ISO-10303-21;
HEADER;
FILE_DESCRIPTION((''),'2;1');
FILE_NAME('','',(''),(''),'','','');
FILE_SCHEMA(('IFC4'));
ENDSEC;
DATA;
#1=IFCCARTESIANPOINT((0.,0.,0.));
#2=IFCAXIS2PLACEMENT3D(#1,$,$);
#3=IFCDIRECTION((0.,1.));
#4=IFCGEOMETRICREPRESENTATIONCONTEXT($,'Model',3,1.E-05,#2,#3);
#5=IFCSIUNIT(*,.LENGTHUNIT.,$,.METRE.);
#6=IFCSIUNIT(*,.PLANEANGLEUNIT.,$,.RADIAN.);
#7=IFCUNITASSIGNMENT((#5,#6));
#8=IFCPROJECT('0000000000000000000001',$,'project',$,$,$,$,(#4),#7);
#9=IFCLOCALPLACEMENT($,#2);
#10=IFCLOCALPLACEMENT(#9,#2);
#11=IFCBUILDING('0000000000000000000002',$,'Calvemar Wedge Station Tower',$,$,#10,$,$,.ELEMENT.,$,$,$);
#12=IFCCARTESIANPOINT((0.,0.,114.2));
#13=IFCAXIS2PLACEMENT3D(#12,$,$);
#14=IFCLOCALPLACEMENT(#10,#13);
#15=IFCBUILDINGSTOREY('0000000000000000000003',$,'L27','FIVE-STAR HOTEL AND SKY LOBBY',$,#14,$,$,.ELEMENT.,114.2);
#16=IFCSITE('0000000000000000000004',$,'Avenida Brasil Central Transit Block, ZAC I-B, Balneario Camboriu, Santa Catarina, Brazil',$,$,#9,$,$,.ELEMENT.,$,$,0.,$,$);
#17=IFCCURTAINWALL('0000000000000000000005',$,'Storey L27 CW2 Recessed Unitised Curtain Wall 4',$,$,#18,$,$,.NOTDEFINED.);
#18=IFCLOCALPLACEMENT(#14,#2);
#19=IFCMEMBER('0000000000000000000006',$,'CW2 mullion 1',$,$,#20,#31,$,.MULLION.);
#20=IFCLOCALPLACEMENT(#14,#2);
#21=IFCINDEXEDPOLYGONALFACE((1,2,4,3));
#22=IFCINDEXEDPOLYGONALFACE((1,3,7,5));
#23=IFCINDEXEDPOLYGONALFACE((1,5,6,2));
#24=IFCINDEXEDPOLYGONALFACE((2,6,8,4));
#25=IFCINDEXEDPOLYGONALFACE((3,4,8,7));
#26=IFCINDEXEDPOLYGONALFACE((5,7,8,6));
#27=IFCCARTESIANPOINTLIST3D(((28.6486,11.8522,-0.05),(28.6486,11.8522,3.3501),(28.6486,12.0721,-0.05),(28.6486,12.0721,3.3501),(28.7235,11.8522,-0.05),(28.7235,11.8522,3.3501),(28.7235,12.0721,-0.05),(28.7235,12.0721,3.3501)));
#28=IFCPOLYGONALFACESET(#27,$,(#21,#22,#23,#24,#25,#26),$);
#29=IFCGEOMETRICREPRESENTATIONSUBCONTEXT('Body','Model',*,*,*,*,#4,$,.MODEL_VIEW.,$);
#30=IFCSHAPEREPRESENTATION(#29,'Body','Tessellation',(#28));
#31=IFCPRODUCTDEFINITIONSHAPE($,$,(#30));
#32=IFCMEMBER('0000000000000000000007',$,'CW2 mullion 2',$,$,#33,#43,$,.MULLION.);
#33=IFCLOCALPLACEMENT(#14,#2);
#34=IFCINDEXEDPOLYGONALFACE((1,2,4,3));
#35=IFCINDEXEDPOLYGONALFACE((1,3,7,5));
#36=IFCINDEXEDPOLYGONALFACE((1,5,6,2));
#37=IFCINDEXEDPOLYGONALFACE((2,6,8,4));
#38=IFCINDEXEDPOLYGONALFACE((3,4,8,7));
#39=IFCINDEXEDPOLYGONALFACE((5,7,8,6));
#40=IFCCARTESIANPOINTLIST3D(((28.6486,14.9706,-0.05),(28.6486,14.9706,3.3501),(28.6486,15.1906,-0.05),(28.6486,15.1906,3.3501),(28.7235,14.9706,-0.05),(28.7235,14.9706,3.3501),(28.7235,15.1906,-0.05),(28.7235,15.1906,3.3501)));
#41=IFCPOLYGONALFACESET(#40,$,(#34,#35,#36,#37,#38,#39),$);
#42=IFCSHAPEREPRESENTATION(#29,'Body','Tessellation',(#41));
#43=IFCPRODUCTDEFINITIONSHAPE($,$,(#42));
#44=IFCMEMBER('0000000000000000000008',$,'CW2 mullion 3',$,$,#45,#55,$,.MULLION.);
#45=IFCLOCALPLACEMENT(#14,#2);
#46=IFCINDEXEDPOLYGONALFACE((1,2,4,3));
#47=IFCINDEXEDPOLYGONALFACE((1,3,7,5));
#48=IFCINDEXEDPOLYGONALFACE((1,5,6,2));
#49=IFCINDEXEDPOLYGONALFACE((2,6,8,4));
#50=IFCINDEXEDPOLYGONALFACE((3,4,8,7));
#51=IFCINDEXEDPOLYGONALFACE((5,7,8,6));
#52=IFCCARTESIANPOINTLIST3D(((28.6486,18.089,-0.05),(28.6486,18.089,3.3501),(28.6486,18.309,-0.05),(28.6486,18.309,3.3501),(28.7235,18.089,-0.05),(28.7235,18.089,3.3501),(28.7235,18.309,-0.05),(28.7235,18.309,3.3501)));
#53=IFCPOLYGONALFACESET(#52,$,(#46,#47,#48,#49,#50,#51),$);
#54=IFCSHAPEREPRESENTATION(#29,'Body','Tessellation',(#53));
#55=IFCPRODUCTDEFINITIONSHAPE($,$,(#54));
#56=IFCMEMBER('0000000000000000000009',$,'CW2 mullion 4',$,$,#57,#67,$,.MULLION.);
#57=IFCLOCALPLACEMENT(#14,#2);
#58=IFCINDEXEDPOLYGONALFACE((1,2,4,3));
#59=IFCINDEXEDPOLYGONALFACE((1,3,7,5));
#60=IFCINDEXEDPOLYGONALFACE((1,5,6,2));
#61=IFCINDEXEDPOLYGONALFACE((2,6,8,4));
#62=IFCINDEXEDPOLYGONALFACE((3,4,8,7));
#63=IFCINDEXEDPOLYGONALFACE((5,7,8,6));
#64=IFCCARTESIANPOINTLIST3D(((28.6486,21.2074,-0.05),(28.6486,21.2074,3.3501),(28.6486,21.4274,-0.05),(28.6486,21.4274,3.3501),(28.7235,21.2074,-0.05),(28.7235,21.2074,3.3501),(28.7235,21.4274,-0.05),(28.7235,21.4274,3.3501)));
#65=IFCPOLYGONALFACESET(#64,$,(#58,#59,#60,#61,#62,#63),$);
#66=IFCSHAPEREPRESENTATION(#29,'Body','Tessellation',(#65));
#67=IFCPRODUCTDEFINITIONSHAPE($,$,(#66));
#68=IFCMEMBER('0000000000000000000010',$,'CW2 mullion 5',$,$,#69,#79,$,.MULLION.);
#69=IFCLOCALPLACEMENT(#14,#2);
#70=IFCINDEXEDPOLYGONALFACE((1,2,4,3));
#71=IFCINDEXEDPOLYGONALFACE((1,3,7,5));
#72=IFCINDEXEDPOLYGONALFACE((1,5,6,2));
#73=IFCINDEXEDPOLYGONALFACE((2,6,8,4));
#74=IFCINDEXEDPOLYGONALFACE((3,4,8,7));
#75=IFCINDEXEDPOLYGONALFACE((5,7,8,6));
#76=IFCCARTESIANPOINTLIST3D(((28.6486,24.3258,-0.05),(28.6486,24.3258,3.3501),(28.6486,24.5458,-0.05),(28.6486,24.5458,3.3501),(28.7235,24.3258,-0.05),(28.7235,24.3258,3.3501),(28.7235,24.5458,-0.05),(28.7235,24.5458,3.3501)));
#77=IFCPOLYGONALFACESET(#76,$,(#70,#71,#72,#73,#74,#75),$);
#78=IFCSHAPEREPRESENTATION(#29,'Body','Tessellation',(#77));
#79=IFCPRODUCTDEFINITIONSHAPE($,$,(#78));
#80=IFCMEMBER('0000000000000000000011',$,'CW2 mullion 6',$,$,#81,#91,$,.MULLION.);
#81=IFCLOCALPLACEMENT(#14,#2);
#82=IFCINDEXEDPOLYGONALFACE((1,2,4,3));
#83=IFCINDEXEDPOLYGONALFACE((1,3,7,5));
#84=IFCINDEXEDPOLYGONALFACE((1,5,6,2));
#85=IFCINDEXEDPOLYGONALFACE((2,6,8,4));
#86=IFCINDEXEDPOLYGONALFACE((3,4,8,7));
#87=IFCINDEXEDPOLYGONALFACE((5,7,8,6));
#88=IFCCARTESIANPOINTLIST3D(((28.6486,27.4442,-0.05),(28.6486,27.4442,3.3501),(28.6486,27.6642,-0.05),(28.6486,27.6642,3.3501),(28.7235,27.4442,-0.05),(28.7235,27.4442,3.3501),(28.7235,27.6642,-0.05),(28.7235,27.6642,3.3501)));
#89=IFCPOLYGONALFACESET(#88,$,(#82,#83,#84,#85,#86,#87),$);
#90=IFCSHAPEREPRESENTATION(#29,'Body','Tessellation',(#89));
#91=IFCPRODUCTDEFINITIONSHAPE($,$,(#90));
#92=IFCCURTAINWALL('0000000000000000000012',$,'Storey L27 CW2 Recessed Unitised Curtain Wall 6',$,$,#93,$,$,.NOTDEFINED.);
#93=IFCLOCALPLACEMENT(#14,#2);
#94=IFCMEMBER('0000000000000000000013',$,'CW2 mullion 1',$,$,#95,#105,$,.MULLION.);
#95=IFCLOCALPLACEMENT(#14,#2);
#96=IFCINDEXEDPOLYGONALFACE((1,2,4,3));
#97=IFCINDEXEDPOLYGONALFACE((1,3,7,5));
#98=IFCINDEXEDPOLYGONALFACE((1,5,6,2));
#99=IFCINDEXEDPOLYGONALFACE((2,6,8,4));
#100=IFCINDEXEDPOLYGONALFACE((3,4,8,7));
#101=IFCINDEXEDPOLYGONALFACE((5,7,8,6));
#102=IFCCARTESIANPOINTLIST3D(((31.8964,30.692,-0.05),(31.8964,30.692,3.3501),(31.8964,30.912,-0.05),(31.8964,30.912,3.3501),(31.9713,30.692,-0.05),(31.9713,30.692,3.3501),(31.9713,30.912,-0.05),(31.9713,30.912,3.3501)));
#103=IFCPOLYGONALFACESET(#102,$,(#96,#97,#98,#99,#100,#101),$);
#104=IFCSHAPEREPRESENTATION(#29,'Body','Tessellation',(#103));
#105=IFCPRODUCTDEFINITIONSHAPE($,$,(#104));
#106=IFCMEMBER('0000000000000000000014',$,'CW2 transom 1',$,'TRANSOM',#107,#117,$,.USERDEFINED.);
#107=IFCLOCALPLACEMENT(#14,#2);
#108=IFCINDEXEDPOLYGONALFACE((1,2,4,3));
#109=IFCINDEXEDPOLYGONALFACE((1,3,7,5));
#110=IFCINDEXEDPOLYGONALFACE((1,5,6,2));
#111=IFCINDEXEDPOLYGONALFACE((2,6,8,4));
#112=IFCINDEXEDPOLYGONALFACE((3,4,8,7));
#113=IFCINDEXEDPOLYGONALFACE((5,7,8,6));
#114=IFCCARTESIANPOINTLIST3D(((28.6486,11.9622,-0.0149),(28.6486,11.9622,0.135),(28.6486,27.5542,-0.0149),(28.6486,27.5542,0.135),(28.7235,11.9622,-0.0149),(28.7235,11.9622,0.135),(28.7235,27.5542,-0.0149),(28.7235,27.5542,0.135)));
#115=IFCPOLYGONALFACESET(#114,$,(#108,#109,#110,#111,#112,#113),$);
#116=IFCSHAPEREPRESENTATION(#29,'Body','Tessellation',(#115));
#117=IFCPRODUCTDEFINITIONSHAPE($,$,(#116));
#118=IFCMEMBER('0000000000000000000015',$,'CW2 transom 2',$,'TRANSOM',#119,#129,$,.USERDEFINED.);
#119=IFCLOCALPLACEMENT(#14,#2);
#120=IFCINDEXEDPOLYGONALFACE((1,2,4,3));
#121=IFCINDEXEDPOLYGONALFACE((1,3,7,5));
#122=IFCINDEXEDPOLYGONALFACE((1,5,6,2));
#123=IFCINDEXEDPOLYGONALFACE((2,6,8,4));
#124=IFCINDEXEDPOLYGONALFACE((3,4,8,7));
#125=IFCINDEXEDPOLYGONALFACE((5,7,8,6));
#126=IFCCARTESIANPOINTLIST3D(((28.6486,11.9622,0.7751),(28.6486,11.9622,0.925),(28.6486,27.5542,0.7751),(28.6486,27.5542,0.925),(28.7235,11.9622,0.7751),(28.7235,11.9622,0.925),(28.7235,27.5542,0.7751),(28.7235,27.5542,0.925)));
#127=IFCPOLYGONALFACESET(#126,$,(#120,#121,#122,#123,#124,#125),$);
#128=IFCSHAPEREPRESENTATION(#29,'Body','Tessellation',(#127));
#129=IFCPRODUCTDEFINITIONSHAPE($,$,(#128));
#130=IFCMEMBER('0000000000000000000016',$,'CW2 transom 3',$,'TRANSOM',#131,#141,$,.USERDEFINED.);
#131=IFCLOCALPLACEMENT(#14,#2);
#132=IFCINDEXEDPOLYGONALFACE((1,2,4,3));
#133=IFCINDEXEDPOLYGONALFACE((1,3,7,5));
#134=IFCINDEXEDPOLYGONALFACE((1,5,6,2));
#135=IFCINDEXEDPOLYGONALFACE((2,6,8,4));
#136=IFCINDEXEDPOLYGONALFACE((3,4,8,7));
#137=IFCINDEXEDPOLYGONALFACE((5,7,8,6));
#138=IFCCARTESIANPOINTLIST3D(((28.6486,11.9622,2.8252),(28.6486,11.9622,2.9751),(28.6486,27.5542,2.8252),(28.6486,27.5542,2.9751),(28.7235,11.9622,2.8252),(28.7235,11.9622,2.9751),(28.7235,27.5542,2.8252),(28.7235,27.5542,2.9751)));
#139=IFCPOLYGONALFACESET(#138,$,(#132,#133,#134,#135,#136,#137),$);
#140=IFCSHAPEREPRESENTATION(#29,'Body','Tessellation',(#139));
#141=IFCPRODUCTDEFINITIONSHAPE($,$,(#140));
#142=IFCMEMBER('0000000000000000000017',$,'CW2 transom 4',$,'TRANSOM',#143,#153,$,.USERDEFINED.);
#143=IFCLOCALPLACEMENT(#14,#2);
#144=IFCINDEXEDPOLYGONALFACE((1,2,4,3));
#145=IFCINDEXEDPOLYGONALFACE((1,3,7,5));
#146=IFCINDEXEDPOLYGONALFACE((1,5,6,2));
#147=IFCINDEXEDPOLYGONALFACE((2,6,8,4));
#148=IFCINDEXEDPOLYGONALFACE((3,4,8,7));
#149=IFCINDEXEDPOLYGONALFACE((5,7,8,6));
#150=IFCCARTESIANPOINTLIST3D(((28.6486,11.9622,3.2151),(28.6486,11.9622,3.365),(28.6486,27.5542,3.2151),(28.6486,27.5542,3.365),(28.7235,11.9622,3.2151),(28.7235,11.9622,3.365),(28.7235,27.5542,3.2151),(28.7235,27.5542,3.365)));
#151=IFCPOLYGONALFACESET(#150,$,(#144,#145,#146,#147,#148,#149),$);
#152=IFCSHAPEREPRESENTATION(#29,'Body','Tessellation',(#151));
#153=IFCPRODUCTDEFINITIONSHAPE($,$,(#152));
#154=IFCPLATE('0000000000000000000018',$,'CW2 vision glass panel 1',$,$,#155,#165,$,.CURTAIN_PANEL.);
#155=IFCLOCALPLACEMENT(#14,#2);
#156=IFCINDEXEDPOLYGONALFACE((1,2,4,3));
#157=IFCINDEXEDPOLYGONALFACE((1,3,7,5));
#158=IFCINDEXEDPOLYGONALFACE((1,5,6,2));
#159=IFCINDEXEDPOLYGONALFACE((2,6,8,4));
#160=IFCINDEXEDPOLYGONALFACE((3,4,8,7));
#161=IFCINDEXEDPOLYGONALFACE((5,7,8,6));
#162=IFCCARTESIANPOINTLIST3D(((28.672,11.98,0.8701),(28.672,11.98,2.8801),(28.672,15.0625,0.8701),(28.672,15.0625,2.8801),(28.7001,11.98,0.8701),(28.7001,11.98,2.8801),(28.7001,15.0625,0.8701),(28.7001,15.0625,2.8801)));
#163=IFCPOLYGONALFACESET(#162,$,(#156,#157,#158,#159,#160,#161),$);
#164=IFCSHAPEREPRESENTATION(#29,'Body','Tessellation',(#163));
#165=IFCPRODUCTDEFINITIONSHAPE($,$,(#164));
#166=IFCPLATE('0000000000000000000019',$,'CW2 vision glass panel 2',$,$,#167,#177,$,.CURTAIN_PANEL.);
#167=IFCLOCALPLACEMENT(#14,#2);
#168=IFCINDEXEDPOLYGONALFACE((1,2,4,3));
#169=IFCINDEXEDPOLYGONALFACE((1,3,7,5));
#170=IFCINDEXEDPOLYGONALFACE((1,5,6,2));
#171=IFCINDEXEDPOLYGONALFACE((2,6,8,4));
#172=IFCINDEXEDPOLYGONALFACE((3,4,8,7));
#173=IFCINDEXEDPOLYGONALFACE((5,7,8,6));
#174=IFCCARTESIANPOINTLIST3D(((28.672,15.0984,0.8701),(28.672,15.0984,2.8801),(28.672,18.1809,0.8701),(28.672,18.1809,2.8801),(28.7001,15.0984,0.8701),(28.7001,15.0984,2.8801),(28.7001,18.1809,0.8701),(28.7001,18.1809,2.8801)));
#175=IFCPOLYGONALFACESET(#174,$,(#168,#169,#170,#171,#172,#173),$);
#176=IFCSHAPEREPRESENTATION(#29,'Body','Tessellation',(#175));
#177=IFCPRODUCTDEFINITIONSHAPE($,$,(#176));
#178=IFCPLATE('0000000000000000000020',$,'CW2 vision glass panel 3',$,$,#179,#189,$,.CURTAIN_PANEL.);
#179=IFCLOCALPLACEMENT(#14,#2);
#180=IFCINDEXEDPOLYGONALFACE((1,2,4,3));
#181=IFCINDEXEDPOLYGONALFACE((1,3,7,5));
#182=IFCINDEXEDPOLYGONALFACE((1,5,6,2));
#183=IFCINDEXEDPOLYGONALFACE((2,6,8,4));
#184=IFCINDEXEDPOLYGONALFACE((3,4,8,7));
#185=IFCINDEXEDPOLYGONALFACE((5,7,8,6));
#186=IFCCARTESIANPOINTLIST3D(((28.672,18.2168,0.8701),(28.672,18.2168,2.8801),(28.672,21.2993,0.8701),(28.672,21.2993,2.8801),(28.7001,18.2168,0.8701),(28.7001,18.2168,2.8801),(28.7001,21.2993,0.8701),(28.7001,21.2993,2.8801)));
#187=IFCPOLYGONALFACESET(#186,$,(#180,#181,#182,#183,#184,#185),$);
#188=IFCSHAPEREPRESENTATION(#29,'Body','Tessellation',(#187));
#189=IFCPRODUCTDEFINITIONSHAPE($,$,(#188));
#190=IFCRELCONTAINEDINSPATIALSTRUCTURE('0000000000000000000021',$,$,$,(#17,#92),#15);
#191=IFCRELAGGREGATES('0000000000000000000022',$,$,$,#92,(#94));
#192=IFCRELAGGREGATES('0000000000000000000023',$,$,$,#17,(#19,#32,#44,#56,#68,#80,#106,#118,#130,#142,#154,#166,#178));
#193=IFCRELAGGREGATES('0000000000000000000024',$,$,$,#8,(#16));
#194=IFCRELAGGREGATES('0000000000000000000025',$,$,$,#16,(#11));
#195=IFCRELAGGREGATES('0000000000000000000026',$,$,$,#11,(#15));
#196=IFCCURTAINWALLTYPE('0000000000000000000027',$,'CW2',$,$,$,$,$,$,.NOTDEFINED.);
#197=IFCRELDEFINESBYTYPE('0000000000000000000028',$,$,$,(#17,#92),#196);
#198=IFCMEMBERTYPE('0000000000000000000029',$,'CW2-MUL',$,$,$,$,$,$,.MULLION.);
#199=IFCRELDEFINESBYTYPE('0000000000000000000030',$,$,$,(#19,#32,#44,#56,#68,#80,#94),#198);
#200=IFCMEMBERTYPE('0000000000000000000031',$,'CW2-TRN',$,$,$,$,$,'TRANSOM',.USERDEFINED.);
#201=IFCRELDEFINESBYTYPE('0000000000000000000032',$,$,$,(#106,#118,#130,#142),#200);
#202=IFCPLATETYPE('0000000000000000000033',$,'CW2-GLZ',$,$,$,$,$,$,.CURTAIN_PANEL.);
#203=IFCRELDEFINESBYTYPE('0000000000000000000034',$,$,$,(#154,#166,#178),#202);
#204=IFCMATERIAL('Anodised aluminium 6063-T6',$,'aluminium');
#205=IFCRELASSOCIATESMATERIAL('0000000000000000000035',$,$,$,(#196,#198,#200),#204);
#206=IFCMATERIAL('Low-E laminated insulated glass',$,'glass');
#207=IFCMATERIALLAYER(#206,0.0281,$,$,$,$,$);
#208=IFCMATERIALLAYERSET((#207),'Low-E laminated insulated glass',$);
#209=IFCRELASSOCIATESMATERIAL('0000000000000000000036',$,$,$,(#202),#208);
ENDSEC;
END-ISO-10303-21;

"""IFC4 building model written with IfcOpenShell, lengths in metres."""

from ifc_helpers import new_model, si_unit, direction, frame, frame_2d, origin, origin_2d, place, context, subcontext, project, spatial, rectangle, extrude, source, transform, mapped, material, layer, layer_set, material_profile, profile_set, type_object, element, aggregate, save


model = new_model("IFC4")

# Units and contexts
model_context = context("Model", 3, precision=1e-05, world=origin(), true_north=direction((0.0, 1.0)))
body_context = subcontext(model_context, "Body", "Model", "MODEL_VIEW")
ifc_project = project(units=[si_unit("LENGTHUNIT", "METRE"), si_unit("PLANEANGLEUNIT", "RADIAN")], contexts=[model_context])

# Site, building, storey
site_placement = place(None, origin())
site = spatial("IfcSite", under=ifc_project, at=site_placement, Name="Avenida Brasil Central Transit Block, ZAC I-B, Balneario Camboriu, Santa Catarina, Brazil", CompositionType="ELEMENT", RefElevation=0.0)
building_placement = place(site_placement, origin())
building = spatial("IfcBuilding", under=site, at=building_placement, Name="Calvemar Wedge Station Tower", CompositionType="ELEMENT")
storey_placement = place(building_placement, frame((0.0, 0.0, 114.2)))
storey = spatial("IfcBuildingStorey", under=building, at=storey_placement, Name="L27", Description="FIVE-STAR HOTEL AND SKY LOBBY", CompositionType="ELEMENT", Elevation=114.2)

# Curtain wall, members
ifc_material_1 = material(Name="Anodised aluminium 6063-T6", Category="aluminium")
curtain_wall_type = type_object("IfcCurtainWallType", Name="CW2", PredefinedType="NOTDEFINED", material=ifc_material_1)
curtain_wall_1_placement = place(storey_placement, origin())
curtain_wall_1 = element("IfcCurtainWall", 1, at=curtain_wall_1_placement, inside=storey, type_object=curtain_wall_type, Name="Storey L27 CW2 Recessed Unitised Curtain Wall 4", PredefinedType="NOTDEFINED")
ifc_material_profile_1 = material_profile(ifc_material_1, rectangle(XDim=0.075, YDim=0.22, at=origin_2d()), Name="AL-MUL-75x220")
ifc_profile_set_1 = profile_set([ifc_material_profile_1], Name="Anodised aluminium 6063-T6")
member_type_1 = type_object("IfcMemberType", Name="CW2-MUL", PredefinedType="MULLION", material=ifc_profile_set_1)
shared_shape_1 = source(origin(), body_context, "Body", "SweptSolid", [
    extrude(rectangle(XDim=0.075, YDim=0.22, at=origin_2d()), origin(), (0.0, 0.0, 1.0), 3.4001),
])
member_1_placement = place(storey_placement, frame((28.686, 11.9622, -0.05), z_axis=(0.0, 0.0, 1.0), x_axis=(1.0, 0.0, 0.0)))
member_1 = element("IfcMember", 2, at=member_1_placement, type_object=member_type_1, Name="CW2 mullion 1", PredefinedType="MULLION", context=body_context, shape_type="MappedRepresentation", body=[
    mapped(shared_shape_1, transform((0.0, 0.0, 0.0), scale=1.0)),
])
member_2_placement = place(storey_placement, frame((28.686, 15.0806, -0.05), z_axis=(0.0, 0.0, 1.0), x_axis=(1.0, 0.0, 0.0)))
member_2 = element("IfcMember", 3, at=member_2_placement, type_object=member_type_1, Name="CW2 mullion 2", PredefinedType="MULLION", context=body_context, shape_type="MappedRepresentation", body=[
    mapped(shared_shape_1, transform((0.0, 0.0, 0.0), scale=1.0)),
])
member_3_placement = place(storey_placement, frame((28.686, 18.199, -0.05), z_axis=(0.0, 0.0, 1.0), x_axis=(1.0, 0.0, 0.0)))
member_3 = element("IfcMember", 4, at=member_3_placement, type_object=member_type_1, Name="CW2 mullion 3", PredefinedType="MULLION", context=body_context, shape_type="MappedRepresentation", body=[
    mapped(shared_shape_1, transform((0.0, 0.0, 0.0), scale=1.0)),
])
member_4_placement = place(storey_placement, frame((28.686, 21.3174, -0.05), z_axis=(0.0, 0.0, 1.0), x_axis=(1.0, 0.0, 0.0)))
member_4 = element("IfcMember", 5, at=member_4_placement, type_object=member_type_1, Name="CW2 mullion 4", PredefinedType="MULLION", context=body_context, shape_type="MappedRepresentation", body=[
    mapped(shared_shape_1, transform((0.0, 0.0, 0.0), scale=1.0)),
])
member_5_placement = place(storey_placement, frame((28.686, 24.4358, -0.05), z_axis=(0.0, 0.0, 1.0), x_axis=(1.0, 0.0, 0.0)))
member_5 = element("IfcMember", 6, at=member_5_placement, type_object=member_type_1, Name="CW2 mullion 5", PredefinedType="MULLION", context=body_context, shape_type="MappedRepresentation", body=[
    mapped(shared_shape_1, transform((0.0, 0.0, 0.0), scale=1.0)),
])
member_6_placement = place(storey_placement, frame((28.686, 27.5542, -0.05), z_axis=(0.0, 0.0, 1.0), x_axis=(1.0, 0.0, 0.0)))
member_6 = element("IfcMember", 7, at=member_6_placement, type_object=member_type_1, Name="CW2 mullion 6", PredefinedType="MULLION", context=body_context, shape_type="MappedRepresentation", body=[
    mapped(shared_shape_1, transform((0.0, 0.0, 0.0), scale=1.0)),
])

# Curtain wall, member
curtain_wall_2_placement = place(storey_placement, origin())
curtain_wall_2 = element("IfcCurtainWall", 8, at=curtain_wall_2_placement, inside=storey, type_object=curtain_wall_type, Name="Storey L27 CW2 Recessed Unitised Curtain Wall 6", PredefinedType="NOTDEFINED")
member_7_placement = place(storey_placement, frame((31.9338, 30.802, -0.05), z_axis=(0.0, 0.0, 1.0), x_axis=(1.0, 0.0, 0.0)))
member_7 = element("IfcMember", 9, at=member_7_placement, type_object=member_type_1, Name="CW2 mullion 1", PredefinedType="MULLION", context=body_context, shape_type="MappedRepresentation", body=[
    mapped(shared_shape_1, transform((0.0, 0.0, 0.0), scale=1.0)),
])
aggregate(curtain_wall_2, [member_7])

# Members
ifc_material_profile_2 = material_profile(ifc_material_1, rectangle(XDim=0.075, YDim=0.1499, at=origin_2d()), Name="AL-TRN-75x150")
ifc_profile_set_2 = profile_set([ifc_material_profile_2], Name="Anodised aluminium 6063-T6")
member_type_2 = type_object("IfcMemberType", Name="CW2-TRN", ElementType="TRANSOM", PredefinedType="USERDEFINED", material=ifc_profile_set_2)
shared_shape_2 = source(origin(), body_context, "Body", "SweptSolid", [
    extrude(rectangle(XDim=0.075, YDim=0.1499, at=origin_2d()), origin(), (0.0, 0.0, 1.0), 15.592),
])
member_8_placement = place(storey_placement, frame((28.686, 11.9622, 0.0601), z_axis=(0.0, 1.0, 0.0), x_axis=(-1.0, 0.0, 0.0)))
member_8 = element("IfcMember", 10, at=member_8_placement, type_object=member_type_2, Name="CW2 transom 1", ObjectType="TRANSOM", PredefinedType="USERDEFINED", context=body_context, shape_type="MappedRepresentation", body=[
    mapped(shared_shape_2, transform((0.0, 0.0, 0.0), scale=1.0)),
])
member_9_placement = place(storey_placement, frame((28.686, 11.9622, 0.8501), z_axis=(0.0, 1.0, 0.0), x_axis=(-1.0, 0.0, 0.0)))
member_9 = element("IfcMember", 11, at=member_9_placement, type_object=member_type_2, Name="CW2 transom 2", ObjectType="TRANSOM", PredefinedType="USERDEFINED", context=body_context, shape_type="MappedRepresentation", body=[
    mapped(shared_shape_2, transform((0.0, 0.0, 0.0), scale=1.0)),
])
member_10_placement = place(storey_placement, frame((28.686, 11.9622, 2.9001), z_axis=(0.0, 1.0, 0.0), x_axis=(-1.0, 0.0, 0.0)))
member_10 = element("IfcMember", 12, at=member_10_placement, type_object=member_type_2, Name="CW2 transom 3", ObjectType="TRANSOM", PredefinedType="USERDEFINED", context=body_context, shape_type="MappedRepresentation", body=[
    mapped(shared_shape_2, transform((0.0, 0.0, 0.0), scale=1.0)),
])
member_11_placement = place(storey_placement, frame((28.686, 11.9622, 3.29), z_axis=(0.0, 1.0, 0.0), x_axis=(-1.0, 0.0, 0.0)))
member_11 = element("IfcMember", 13, at=member_11_placement, type_object=member_type_2, Name="CW2 transom 4", ObjectType="TRANSOM", PredefinedType="USERDEFINED", context=body_context, shape_type="MappedRepresentation", body=[
    mapped(shared_shape_2, transform((0.0, 0.0, 0.0), scale=1.0)),
])

# Plates
ifc_material_2 = material(Name="Low-E laminated insulated glass", Category="glass")
ifc_layer_1 = layer(ifc_material_2, 0.0281)
ifc_layer_set_1 = layer_set([ifc_layer_1], Name="Low-E laminated insulated glass")
plate_type_1 = type_object("IfcPlateType", Name="CW2-GLZ", PredefinedType="CURTAIN_PANEL", material=ifc_layer_set_1)
plate_1_placement = place(storey_placement, frame((28.686, 11.98, 0.8701), z_axis=(0.0, 0.0, 1.0), x_axis=(0.0, 1.0, 0.0)))
plate_1 = element("IfcPlate", 14, at=plate_1_placement, type_object=plate_type_1, Name="CW2 vision glass panel 1", PredefinedType="CURTAIN_PANEL", context=body_context, shape_type="SweptSolid", body=[
    extrude(rectangle(XDim=3.0825, YDim=0.0281, at=frame_2d((1.5413, 0.0))), origin(), (0.0, 0.0, 1.0), 2.01),
])
plate_2_placement = place(storey_placement, frame((28.686, 15.0984, 0.8701), z_axis=(0.0, 0.0, 1.0), x_axis=(0.0, 1.0, 0.0)))
plate_2 = element("IfcPlate", 15, at=plate_2_placement, type_object=plate_type_1, Name="CW2 vision glass panel 2", PredefinedType="CURTAIN_PANEL", context=body_context, shape_type="SweptSolid", body=[
    extrude(rectangle(XDim=3.0825, YDim=0.0281, at=frame_2d((1.5413, 0.0))), origin(), (0.0, 0.0, 1.0), 2.01),
])
plate_3_placement = place(storey_placement, frame((28.686, 18.2168, 0.8701), z_axis=(0.0, 0.0, 1.0), x_axis=(0.0, 1.0, 0.0)))
plate_3 = element("IfcPlate", 16, at=plate_3_placement, type_object=plate_type_1, Name="CW2 vision glass panel 3", PredefinedType="CURTAIN_PANEL", context=body_context, shape_type="SweptSolid", body=[
    extrude(rectangle(XDim=3.0825, YDim=0.0281, at=frame_2d((1.5413, 0.0))), origin(), (0.0, 0.0, 1.0), 2.01),
])
aggregate(curtain_wall_1, [member_1, member_2, member_3, member_4, member_5, member_6, member_8, member_9, member_10, member_11, plate_1, plate_2, plate_3])

save(model, "model.ifc")
